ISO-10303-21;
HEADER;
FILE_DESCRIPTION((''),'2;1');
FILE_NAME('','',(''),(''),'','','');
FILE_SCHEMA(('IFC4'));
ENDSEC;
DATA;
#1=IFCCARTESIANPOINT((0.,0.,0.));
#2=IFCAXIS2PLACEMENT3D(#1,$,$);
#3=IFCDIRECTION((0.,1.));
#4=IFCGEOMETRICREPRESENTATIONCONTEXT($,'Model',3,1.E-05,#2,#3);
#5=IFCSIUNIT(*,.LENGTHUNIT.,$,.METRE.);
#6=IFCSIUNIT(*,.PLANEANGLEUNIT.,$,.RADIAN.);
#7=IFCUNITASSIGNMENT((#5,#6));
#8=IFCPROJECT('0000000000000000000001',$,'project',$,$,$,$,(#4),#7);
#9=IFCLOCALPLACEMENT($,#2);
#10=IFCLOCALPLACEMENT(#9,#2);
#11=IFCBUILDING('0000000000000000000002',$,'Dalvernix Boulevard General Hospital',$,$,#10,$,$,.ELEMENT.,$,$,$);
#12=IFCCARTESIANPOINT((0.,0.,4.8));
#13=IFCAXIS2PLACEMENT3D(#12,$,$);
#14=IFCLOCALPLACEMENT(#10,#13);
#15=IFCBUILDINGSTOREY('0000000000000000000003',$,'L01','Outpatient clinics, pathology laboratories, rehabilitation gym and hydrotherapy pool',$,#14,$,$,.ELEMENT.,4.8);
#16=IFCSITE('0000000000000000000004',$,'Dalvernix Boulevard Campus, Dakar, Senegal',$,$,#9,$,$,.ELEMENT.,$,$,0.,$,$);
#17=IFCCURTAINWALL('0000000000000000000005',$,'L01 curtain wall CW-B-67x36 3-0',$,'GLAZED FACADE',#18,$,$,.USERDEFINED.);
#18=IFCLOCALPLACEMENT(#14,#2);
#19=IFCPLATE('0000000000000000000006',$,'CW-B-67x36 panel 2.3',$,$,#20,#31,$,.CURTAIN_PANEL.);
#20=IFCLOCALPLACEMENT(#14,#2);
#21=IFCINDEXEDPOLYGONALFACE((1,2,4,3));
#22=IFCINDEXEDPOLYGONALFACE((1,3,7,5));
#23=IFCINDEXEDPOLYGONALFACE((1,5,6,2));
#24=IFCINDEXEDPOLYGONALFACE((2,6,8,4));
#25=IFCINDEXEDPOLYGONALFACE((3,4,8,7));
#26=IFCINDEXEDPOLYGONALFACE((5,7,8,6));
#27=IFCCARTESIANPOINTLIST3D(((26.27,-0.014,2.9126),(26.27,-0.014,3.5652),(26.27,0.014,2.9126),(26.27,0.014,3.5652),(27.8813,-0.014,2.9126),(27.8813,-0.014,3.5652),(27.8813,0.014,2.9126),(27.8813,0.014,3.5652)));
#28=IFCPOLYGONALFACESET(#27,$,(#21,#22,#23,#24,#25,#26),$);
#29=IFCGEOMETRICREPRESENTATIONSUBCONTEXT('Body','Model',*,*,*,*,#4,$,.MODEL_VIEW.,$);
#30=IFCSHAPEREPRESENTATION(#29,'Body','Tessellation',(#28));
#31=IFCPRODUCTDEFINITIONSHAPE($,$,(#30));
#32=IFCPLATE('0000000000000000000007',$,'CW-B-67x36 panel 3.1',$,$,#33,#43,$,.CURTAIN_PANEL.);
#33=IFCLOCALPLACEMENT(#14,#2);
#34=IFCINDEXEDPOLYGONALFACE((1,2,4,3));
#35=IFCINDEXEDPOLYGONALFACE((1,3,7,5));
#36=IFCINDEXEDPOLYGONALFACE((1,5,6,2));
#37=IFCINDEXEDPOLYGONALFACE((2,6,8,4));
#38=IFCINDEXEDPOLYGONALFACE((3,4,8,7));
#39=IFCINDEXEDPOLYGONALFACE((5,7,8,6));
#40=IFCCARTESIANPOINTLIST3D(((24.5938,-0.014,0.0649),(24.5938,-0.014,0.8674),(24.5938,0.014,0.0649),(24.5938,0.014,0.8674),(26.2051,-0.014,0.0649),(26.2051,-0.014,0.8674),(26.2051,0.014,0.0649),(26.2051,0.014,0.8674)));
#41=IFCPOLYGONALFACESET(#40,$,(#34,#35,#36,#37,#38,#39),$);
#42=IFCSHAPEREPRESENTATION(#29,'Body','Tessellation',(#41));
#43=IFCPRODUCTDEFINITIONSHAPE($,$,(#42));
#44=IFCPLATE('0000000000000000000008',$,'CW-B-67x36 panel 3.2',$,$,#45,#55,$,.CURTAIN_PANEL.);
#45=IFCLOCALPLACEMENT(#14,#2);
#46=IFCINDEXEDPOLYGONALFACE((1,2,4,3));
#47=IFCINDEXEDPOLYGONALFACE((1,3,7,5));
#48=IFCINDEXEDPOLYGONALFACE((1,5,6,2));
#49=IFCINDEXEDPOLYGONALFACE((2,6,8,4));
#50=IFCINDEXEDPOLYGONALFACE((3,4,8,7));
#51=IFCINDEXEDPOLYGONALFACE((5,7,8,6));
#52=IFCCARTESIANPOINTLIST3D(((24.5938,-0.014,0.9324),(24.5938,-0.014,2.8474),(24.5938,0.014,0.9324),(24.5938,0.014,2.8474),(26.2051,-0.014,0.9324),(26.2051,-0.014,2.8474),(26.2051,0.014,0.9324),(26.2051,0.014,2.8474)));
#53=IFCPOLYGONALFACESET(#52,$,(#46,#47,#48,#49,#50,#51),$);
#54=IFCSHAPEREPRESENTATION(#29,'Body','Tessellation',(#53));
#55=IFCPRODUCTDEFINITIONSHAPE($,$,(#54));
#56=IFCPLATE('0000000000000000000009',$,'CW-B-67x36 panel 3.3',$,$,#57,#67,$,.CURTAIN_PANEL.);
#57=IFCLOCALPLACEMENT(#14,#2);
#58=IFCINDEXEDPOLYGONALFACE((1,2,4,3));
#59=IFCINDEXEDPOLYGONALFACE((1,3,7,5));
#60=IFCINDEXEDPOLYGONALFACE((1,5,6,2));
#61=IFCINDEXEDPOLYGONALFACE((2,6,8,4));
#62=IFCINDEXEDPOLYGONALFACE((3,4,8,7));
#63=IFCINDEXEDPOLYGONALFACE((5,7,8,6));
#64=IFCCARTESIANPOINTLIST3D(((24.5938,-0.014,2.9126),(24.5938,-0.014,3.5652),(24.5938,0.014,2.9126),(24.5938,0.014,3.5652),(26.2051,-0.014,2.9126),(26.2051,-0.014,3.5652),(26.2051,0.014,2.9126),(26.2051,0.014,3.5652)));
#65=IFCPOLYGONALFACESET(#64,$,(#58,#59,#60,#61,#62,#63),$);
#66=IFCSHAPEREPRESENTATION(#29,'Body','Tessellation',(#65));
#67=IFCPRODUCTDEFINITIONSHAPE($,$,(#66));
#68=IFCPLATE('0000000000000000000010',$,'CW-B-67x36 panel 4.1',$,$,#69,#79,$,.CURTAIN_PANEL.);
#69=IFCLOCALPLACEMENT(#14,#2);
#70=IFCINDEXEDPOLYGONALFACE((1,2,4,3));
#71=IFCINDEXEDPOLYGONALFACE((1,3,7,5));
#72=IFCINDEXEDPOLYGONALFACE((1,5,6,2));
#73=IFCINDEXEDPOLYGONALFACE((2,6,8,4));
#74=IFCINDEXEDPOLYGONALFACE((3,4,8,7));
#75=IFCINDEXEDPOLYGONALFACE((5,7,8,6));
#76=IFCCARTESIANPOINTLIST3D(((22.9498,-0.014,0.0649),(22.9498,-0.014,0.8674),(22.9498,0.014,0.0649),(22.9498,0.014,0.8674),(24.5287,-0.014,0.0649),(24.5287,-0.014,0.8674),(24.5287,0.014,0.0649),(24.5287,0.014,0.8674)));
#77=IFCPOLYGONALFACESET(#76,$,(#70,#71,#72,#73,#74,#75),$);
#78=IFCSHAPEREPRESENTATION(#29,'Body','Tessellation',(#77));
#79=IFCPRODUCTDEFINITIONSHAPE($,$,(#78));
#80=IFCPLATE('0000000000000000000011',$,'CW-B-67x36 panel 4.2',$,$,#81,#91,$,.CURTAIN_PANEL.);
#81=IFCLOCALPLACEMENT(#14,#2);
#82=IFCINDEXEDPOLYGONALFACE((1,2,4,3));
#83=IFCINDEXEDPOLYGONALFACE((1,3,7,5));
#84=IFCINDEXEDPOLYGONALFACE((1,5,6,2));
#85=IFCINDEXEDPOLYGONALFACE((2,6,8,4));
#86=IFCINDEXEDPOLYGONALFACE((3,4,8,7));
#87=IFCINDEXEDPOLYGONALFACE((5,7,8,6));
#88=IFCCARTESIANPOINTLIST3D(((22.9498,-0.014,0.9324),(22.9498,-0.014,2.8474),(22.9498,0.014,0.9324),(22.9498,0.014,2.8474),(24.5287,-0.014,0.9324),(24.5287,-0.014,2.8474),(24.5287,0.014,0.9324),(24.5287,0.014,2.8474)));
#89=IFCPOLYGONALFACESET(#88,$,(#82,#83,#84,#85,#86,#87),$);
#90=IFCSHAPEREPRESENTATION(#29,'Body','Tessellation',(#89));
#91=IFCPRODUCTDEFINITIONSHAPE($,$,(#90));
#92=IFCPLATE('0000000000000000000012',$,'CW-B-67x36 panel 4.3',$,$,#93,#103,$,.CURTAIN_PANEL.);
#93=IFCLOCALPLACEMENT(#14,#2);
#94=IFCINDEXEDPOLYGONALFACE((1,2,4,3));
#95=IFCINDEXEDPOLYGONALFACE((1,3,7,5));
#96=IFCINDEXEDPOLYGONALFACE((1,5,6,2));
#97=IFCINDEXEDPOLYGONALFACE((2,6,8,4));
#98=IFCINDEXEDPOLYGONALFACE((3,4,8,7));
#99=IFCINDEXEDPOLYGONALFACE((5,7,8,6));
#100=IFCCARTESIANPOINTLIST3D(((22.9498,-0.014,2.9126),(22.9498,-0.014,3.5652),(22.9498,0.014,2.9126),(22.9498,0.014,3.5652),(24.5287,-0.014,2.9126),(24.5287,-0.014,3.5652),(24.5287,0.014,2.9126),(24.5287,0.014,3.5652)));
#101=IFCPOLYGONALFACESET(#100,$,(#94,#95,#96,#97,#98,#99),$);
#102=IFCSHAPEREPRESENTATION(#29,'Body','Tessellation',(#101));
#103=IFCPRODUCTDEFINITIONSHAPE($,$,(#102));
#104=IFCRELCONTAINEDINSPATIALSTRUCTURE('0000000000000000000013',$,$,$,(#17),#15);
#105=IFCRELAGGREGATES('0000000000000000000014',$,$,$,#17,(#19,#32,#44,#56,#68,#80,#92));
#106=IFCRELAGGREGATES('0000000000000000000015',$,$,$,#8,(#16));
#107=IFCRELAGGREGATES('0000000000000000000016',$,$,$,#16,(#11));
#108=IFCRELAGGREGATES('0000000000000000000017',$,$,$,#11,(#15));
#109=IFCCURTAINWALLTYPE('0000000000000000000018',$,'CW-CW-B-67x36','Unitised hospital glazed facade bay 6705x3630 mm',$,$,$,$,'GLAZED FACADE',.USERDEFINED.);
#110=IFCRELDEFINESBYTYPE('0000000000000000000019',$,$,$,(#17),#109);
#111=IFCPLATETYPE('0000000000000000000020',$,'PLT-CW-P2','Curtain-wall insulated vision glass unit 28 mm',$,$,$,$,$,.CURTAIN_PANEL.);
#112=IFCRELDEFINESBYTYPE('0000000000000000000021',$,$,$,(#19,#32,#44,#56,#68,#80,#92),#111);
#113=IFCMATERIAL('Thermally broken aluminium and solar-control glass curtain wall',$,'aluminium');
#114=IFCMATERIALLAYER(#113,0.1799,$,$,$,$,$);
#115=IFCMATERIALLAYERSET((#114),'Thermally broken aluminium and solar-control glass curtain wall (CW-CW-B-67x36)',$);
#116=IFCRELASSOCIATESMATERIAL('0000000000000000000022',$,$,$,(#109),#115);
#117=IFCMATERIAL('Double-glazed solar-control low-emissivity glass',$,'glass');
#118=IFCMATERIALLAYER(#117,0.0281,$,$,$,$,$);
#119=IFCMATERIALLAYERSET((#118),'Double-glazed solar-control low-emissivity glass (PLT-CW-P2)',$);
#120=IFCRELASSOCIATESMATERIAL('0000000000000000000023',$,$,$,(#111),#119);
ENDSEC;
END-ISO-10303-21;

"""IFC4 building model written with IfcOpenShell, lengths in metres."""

from ifc_helpers import new_model, si_unit, direction, frame, origin, origin_2d, place, context, subcontext, project, spatial, rectangle, extrude, material, layer, layer_set, type_object, element, aggregate, save


model = new_model("IFC4")

# Units and contexts
model_context = context("Model", 3, precision=1e-05, world=origin(), true_north=direction((0.0, 1.0)))
body_context = subcontext(model_context, "Body", "Model", "MODEL_VIEW")
ifc_project = project(units=[si_unit("LENGTHUNIT", "METRE"), si_unit("PLANEANGLEUNIT", "RADIAN")], contexts=[model_context])

# Site, building, storey
site_placement = place(None, origin())
site = spatial("IfcSite", under=ifc_project, at=site_placement, Name="Dalvernix Boulevard Campus, Dakar, Senegal", CompositionType="ELEMENT", RefElevation=0.0)
building_placement = place(site_placement, origin())
building = spatial("IfcBuilding", under=site, at=building_placement, Name="Dalvernix Boulevard General Hospital", CompositionType="ELEMENT")
storey_placement = place(building_placement, frame((0.0, 0.0, 4.8)))
storey = spatial("IfcBuildingStorey", under=building, at=storey_placement, Name="L01", Description="Outpatient clinics, pathology laboratories, rehabilitation gym and hydrotherapy pool", CompositionType="ELEMENT", Elevation=4.8)

# Curtain wall, plates
ifc_material_1 = material(Name="Thermally broken aluminium and solar-control glass curtain wall", Category="aluminium")
ifc_layer_1 = layer(ifc_material_1, 0.1799)
ifc_layer_set_1 = layer_set([ifc_layer_1], Name="Thermally broken aluminium and solar-control glass curtain wall (CW-CW-B-67x36)")
curtain_wall_type = type_object("IfcCurtainWallType", Name="CW-CW-B-67x36", Description="Unitised hospital glazed facade bay 6705x3630 mm", ElementType="GLAZED FACADE", PredefinedType="USERDEFINED", material=ifc_layer_set_1)
curtain_wall_placement = place(storey_placement, origin())
curtain_wall = element("IfcCurtainWall", 1, at=curtain_wall_placement, inside=storey, type_object=curtain_wall_type, Name="L01 curtain wall CW-B-67x36 3-0", ObjectType="GLAZED FACADE", PredefinedType="USERDEFINED")
ifc_material_2 = material(Name="Double-glazed solar-control low-emissivity glass", Category="glass")
ifc_layer_2 = layer(ifc_material_2, 0.0281)
ifc_layer_set_2 = layer_set([ifc_layer_2], Name="Double-glazed solar-control low-emissivity glass (PLT-CW-P2)")
plate_type = type_object("IfcPlateType", Name="PLT-CW-P2", Description="Curtain-wall insulated vision glass unit 28 mm", PredefinedType="CURTAIN_PANEL", material=ifc_layer_set_2)
plate_1_placement = place(storey_placement, frame((27.0757, 0.0, 2.9126), z_axis=(0.0, 0.0, 1.0), x_axis=(-1.0, 0.0, 0.0)))
plate_1 = element("IfcPlate", 2, at=plate_1_placement, type_object=plate_type, Name="CW-B-67x36 panel 2.3", PredefinedType="CURTAIN_PANEL", context=body_context, shape_type="SweptSolid", body=[
    extrude(rectangle(XDim=1.6113, YDim=0.0281, at=origin_2d()), origin(), (0.0, 0.0, 1.0), 0.6526),
])
plate_2_placement = place(storey_placement, frame((25.3994, 0.0, 0.0649), z_axis=(0.0, 0.0, 1.0), x_axis=(-1.0, 0.0, 0.0)))
plate_2 = element("IfcPlate", 3, at=plate_2_placement, type_object=plate_type, Name="CW-B-67x36 panel 3.1", PredefinedType="CURTAIN_PANEL", context=body_context, shape_type="SweptSolid", body=[
    extrude(rectangle(XDim=1.6113, YDim=0.0281, at=origin_2d()), origin(), (0.0, 0.0, 1.0), 0.8025),
])
plate_3_placement = place(storey_placement, frame((25.3994, 0.0, 0.9324), z_axis=(0.0, 0.0, 1.0), x_axis=(-1.0, 0.0, 0.0)))
plate_3 = element("IfcPlate", 4, at=plate_3_placement, type_object=plate_type, Name="CW-B-67x36 panel 3.2", PredefinedType="CURTAIN_PANEL", context=body_context, shape_type="SweptSolid", body=[
    extrude(rectangle(XDim=1.6113, YDim=0.0281, at=origin_2d()), origin(), (0.0, 0.0, 1.0), 1.915),
])
plate_4_placement = place(storey_placement, frame((25.3994, 0.0, 2.9126), z_axis=(0.0, 0.0, 1.0), x_axis=(-1.0, 0.0, 0.0)))
plate_4 = element("IfcPlate", 5, at=plate_4_placement, type_object=plate_type, Name="CW-B-67x36 panel 3.3", PredefinedType="CURTAIN_PANEL", context=body_context, shape_type="SweptSolid", body=[
    extrude(rectangle(XDim=1.6113, YDim=0.0281, at=origin_2d()), origin(), (0.0, 0.0, 1.0), 0.6526),
])
plate_5_placement = place(storey_placement, frame((23.7393, 0.0, 0.0649), z_axis=(0.0, 0.0, 1.0), x_axis=(-1.0, 0.0, 0.0)))
plate_5 = element("IfcPlate", 6, at=plate_5_placement, type_object=plate_type, Name="CW-B-67x36 panel 4.1", PredefinedType="CURTAIN_PANEL", context=body_context, shape_type="SweptSolid", body=[
    extrude(rectangle(XDim=1.5789, YDim=0.0281, at=origin_2d()), origin(), (0.0, 0.0, 1.0), 0.8025),
])
plate_6_placement = place(storey_placement, frame((23.7393, 0.0, 0.9324), z_axis=(0.0, 0.0, 1.0), x_axis=(-1.0, 0.0, 0.0)))
plate_6 = element("IfcPlate", 7, at=plate_6_placement, type_object=plate_type, Name="CW-B-67x36 panel 4.2", PredefinedType="CURTAIN_PANEL", context=body_context, shape_type="SweptSolid", body=[
    extrude(rectangle(XDim=1.5789, YDim=0.0281, at=origin_2d()), origin(), (0.0, 0.0, 1.0), 1.915),
])
plate_7_placement = place(storey_placement, frame((23.7393, 0.0, 2.9126), z_axis=(0.0, 0.0, 1.0), x_axis=(-1.0, 0.0, 0.0)))
plate_7 = element("IfcPlate", 8, at=plate_7_placement, type_object=plate_type, Name="CW-B-67x36 panel 4.3", PredefinedType="CURTAIN_PANEL", context=body_context, shape_type="SweptSolid", body=[
    extrude(rectangle(XDim=1.5789, YDim=0.0281, at=origin_2d()), origin(), (0.0, 0.0, 1.0), 0.6526),
])
aggregate(curtain_wall, [plate_1, plate_2, plate_3, plate_4, plate_5, plate_6, plate_7])

save(model, "model.ifc")
